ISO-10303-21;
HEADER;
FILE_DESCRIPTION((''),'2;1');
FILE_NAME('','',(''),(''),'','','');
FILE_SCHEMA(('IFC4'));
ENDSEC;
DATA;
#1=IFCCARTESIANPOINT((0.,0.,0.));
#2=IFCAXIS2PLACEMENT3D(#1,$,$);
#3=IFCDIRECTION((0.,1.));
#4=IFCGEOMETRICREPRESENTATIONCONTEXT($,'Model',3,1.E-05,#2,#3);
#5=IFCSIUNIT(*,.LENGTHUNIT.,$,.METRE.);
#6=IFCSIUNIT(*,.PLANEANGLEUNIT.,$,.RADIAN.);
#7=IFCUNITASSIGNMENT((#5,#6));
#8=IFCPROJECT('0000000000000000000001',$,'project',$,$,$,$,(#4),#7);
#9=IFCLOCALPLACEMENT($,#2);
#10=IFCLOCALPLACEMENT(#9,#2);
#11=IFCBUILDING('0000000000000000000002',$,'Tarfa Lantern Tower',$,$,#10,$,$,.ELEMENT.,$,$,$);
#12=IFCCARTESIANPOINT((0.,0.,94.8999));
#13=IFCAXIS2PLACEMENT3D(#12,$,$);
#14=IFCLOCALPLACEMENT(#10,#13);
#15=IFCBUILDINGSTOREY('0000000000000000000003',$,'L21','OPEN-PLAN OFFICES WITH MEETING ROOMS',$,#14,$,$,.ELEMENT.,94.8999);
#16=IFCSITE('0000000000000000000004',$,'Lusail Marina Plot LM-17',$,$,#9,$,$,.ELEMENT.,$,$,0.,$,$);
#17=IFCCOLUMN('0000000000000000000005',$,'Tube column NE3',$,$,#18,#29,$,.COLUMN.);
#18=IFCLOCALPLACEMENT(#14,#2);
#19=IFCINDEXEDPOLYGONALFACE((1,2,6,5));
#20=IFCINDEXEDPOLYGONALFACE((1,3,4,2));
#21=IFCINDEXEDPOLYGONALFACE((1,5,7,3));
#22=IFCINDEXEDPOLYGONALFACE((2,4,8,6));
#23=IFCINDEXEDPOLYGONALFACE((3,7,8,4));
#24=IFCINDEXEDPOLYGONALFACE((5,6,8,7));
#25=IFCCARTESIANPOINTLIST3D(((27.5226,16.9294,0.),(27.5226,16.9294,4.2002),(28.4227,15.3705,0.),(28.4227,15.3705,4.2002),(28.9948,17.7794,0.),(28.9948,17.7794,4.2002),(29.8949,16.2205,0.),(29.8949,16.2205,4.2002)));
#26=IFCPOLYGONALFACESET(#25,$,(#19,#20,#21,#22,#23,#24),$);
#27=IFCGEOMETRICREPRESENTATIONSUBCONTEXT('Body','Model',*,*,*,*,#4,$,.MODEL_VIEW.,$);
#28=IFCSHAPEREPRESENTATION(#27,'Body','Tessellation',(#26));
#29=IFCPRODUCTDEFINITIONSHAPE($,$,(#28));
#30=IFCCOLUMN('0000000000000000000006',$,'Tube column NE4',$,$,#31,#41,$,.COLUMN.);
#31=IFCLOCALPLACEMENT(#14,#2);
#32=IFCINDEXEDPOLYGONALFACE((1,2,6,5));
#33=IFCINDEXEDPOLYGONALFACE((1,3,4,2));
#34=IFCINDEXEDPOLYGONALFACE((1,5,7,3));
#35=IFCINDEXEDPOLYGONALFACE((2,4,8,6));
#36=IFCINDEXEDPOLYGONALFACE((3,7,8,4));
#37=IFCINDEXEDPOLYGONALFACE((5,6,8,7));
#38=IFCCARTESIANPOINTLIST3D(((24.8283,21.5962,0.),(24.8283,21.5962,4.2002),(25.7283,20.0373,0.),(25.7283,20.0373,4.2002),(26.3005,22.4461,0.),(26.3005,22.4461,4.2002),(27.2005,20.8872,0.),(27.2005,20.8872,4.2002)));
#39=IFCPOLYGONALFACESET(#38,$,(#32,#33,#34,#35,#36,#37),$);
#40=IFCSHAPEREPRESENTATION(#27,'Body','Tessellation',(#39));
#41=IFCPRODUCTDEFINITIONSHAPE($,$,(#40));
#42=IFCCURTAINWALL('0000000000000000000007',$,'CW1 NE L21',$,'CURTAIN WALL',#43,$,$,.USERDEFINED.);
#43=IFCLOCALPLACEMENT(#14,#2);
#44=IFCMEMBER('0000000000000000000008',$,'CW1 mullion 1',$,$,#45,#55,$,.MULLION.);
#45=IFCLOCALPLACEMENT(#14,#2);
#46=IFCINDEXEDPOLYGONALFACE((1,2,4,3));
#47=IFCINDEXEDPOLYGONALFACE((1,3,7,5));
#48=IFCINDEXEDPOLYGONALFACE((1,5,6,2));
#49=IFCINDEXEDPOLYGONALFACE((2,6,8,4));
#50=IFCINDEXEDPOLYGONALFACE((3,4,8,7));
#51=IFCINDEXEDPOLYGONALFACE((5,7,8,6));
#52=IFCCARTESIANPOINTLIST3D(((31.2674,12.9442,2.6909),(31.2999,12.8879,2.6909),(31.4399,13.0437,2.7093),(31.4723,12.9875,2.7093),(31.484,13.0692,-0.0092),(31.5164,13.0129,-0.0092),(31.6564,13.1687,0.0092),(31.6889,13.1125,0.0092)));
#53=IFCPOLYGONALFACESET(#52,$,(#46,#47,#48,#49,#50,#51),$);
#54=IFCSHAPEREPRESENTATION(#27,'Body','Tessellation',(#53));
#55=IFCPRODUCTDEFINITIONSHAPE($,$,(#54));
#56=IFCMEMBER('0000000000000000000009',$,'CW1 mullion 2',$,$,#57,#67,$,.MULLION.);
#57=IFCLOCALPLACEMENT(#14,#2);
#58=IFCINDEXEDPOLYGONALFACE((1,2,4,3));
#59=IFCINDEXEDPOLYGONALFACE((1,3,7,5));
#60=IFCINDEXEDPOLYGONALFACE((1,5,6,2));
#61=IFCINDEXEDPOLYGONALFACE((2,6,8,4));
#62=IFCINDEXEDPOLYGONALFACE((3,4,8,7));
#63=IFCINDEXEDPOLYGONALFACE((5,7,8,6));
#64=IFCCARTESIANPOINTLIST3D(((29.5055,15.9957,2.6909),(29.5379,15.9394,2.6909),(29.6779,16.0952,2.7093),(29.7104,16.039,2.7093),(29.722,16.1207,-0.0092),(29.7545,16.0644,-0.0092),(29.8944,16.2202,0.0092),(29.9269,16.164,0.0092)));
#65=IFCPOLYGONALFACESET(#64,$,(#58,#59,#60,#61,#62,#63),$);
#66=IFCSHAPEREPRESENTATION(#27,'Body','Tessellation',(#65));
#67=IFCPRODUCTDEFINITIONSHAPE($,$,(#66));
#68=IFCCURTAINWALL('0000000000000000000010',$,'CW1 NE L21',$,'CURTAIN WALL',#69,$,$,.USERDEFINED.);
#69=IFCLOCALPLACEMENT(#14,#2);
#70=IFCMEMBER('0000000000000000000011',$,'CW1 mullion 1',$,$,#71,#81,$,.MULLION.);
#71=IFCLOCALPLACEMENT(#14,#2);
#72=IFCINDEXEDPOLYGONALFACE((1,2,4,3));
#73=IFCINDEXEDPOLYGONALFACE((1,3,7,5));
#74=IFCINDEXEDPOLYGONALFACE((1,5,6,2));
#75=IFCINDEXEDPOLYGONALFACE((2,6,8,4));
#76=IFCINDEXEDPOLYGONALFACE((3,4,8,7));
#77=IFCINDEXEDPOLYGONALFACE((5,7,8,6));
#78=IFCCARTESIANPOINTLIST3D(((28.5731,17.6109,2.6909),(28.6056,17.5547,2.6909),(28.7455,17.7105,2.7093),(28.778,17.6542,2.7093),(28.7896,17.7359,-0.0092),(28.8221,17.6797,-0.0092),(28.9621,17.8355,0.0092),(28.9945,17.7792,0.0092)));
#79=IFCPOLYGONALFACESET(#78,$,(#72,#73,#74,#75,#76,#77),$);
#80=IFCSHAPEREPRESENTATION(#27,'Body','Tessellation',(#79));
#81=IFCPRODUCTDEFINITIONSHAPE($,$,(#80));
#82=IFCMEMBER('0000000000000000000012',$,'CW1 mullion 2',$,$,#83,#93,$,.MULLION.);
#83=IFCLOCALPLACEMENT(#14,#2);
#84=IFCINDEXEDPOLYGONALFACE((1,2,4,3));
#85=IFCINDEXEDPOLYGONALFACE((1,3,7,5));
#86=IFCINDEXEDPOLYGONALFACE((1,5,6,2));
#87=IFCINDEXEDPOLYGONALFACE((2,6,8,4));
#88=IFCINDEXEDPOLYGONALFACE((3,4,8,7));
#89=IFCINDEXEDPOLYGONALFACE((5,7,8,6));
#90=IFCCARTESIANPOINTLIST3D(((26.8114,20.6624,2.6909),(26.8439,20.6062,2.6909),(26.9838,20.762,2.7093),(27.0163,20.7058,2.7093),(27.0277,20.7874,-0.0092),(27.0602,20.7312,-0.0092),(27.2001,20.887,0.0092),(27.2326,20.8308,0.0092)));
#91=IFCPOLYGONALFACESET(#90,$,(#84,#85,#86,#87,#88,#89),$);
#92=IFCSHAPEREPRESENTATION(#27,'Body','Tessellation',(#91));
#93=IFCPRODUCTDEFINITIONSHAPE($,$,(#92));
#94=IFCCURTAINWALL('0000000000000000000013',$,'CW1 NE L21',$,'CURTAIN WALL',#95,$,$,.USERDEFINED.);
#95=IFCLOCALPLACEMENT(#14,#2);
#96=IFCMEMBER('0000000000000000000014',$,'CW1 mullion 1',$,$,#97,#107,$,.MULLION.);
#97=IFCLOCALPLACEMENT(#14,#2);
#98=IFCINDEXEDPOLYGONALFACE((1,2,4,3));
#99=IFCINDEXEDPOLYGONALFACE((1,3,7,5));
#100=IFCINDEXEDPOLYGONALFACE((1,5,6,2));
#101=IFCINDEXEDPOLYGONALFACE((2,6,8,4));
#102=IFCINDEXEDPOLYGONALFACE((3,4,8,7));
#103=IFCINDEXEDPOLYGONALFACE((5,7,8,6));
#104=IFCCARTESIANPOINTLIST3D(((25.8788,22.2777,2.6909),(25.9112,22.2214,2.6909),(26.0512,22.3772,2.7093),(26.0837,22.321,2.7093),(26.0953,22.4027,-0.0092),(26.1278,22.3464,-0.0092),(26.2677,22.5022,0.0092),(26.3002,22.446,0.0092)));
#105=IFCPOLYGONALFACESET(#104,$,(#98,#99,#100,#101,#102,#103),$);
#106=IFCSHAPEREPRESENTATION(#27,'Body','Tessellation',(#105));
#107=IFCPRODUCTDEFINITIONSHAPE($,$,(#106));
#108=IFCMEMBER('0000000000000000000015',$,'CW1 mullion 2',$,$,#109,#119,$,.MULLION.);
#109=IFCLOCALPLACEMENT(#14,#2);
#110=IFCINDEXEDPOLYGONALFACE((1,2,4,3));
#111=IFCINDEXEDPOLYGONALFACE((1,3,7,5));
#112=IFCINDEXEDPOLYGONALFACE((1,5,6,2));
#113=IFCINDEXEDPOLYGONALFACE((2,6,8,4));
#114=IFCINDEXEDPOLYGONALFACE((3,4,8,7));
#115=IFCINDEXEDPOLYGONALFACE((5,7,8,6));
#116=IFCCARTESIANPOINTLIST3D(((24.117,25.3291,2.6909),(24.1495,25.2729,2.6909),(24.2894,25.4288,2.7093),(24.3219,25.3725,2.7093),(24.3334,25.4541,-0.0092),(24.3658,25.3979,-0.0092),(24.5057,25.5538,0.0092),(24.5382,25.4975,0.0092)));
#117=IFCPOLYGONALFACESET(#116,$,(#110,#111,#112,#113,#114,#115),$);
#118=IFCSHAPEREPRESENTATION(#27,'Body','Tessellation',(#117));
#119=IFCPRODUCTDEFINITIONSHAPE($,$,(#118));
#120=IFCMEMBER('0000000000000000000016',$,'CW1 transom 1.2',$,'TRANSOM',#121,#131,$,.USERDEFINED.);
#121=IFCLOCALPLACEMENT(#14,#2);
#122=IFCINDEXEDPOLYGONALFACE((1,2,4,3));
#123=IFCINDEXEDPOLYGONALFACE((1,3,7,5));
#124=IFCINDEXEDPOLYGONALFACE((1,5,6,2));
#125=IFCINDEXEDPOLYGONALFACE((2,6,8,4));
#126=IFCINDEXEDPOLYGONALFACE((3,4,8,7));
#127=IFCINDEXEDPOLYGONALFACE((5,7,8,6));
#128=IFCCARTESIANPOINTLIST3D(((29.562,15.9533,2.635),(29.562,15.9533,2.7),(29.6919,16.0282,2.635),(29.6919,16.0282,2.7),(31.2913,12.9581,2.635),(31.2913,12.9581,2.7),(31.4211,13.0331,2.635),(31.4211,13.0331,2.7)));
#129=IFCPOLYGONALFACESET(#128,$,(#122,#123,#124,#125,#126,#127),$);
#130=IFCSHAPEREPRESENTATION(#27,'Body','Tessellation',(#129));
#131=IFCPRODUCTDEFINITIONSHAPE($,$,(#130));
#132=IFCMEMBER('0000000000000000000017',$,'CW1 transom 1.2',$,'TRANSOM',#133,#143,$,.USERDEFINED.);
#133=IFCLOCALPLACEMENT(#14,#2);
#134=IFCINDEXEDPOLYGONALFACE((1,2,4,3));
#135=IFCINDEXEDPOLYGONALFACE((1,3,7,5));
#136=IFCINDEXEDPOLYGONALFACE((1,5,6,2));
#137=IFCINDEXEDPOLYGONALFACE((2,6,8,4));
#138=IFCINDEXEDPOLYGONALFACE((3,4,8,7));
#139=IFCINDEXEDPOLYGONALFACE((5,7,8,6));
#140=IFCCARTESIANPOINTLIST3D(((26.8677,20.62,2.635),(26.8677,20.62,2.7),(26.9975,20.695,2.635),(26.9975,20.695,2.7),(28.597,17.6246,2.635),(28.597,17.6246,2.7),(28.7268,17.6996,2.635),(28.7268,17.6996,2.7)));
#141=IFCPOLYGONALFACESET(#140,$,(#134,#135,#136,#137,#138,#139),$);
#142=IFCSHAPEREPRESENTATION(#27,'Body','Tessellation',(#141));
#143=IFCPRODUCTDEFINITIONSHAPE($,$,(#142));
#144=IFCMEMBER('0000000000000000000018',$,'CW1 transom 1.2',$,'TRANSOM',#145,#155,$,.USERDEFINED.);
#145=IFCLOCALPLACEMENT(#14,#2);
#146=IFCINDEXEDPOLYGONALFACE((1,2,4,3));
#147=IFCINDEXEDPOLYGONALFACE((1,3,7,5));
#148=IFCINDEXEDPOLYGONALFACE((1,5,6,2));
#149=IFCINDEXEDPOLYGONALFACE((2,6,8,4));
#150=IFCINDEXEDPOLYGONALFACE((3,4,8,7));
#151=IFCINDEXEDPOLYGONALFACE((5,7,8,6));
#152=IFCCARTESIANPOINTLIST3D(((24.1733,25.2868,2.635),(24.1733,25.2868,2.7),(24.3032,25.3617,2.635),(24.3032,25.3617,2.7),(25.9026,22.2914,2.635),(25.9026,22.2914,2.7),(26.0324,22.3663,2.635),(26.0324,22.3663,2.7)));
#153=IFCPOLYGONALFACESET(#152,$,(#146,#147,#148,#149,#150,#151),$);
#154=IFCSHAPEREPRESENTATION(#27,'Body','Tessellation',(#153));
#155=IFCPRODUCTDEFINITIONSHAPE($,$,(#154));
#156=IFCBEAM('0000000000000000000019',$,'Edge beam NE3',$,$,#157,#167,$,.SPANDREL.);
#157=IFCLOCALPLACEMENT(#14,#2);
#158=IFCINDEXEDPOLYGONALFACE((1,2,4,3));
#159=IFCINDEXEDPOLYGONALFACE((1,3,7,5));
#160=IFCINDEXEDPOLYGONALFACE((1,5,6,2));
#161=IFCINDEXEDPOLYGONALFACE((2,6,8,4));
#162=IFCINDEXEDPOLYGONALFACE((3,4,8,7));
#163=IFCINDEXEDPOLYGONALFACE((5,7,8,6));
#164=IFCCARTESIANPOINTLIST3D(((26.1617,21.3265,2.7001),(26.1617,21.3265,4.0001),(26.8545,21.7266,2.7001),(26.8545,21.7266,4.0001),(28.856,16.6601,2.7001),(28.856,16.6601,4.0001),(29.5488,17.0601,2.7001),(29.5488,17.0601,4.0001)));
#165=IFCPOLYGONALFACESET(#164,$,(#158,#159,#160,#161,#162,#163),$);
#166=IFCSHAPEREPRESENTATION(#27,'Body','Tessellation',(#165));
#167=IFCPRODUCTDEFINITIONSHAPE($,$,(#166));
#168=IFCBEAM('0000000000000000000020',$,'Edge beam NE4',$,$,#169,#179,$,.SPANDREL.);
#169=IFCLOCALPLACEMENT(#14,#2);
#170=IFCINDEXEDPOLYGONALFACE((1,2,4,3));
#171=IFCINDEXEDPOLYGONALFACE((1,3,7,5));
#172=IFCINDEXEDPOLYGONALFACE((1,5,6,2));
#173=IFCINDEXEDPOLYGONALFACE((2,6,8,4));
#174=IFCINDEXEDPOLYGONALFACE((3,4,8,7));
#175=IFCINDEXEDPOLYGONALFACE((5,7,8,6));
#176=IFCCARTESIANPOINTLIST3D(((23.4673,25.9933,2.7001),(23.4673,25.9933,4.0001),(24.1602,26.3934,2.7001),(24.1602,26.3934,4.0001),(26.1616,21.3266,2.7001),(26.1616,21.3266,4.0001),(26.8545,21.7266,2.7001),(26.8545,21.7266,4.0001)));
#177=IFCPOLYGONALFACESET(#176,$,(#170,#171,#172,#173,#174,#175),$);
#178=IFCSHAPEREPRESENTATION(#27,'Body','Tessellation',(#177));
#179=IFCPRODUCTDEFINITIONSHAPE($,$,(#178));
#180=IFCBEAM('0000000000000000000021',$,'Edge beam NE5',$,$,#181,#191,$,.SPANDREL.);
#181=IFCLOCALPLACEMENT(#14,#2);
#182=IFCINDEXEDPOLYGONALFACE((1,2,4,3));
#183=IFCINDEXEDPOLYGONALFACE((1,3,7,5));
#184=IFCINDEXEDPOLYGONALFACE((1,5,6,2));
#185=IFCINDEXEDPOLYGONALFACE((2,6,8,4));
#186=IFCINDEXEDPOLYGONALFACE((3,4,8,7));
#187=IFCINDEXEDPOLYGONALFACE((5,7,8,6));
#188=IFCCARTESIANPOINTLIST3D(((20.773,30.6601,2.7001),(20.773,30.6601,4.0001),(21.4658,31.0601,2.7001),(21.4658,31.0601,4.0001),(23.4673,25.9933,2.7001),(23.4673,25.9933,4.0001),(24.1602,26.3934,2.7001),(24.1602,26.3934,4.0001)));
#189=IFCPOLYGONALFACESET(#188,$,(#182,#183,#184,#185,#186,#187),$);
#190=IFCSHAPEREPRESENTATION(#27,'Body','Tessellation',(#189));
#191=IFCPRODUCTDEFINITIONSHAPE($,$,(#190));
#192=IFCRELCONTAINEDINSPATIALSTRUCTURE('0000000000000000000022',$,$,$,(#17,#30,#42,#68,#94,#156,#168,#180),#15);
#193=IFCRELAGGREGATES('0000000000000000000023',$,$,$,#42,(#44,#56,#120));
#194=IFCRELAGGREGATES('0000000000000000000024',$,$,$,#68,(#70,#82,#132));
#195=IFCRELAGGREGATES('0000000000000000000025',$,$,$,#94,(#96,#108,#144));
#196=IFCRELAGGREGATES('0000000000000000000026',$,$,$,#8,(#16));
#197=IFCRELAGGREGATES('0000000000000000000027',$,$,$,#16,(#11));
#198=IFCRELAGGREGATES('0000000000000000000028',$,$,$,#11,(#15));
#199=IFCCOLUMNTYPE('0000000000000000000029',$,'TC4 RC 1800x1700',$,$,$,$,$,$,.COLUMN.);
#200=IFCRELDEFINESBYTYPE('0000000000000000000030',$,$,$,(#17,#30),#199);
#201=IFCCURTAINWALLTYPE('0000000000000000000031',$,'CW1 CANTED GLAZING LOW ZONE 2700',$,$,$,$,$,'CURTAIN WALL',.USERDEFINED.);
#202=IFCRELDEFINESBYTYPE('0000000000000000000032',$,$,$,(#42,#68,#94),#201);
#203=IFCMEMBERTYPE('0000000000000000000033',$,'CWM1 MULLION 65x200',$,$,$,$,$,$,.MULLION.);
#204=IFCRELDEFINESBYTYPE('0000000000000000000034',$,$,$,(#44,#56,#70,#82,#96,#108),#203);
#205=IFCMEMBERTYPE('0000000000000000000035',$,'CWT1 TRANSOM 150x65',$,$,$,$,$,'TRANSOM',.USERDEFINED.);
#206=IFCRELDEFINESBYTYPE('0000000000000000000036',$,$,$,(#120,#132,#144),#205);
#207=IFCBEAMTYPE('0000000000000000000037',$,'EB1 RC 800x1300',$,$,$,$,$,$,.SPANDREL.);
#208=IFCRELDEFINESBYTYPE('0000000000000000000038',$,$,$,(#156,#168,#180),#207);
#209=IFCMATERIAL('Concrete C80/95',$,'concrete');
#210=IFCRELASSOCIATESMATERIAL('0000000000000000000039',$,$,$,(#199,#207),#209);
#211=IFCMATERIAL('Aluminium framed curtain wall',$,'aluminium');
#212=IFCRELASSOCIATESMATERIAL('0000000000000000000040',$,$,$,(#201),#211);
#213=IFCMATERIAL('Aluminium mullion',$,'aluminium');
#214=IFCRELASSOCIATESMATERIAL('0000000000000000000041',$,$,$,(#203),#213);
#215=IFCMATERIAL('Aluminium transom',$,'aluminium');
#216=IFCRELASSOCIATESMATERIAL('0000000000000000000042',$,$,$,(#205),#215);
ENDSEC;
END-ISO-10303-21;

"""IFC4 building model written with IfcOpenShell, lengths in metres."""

from ifc_helpers import new_model, si_unit, direction, frame, origin, origin_2d, place, context, subcontext, project, spatial, rectangle, extrude, material, material_profile, profile_set, type_object, element, aggregate, save


model = new_model("IFC4")

# Units and contexts
model_context = context("Model", 3, precision=1e-05, world=origin(), true_north=direction((0.0, 1.0)))
body_context = subcontext(model_context, "Body", "Model", "MODEL_VIEW")
ifc_project = project(units=[si_unit("LENGTHUNIT", "METRE"), si_unit("PLANEANGLEUNIT", "RADIAN")], contexts=[model_context])

# Site, building, storey
site_placement = place(None, origin())
site = spatial("IfcSite", under=ifc_project, at=site_placement, Name="Lusail Marina Plot LM-17", CompositionType="ELEMENT", RefElevation=0.0)
building_placement = place(site_placement, origin())
building = spatial("IfcBuilding", under=site, at=building_placement, Name="Tarfa Lantern Tower", CompositionType="ELEMENT")
storey_placement = place(building_placement, frame((0.0, 0.0, 94.8999)))
storey = spatial("IfcBuildingStorey", under=building, at=storey_placement, Name="L21", Description="OPEN-PLAN OFFICES WITH MEETING ROOMS", CompositionType="ELEMENT", Elevation=94.8999)

# Columns
ifc_material_1 = material(Name="Concrete C80/95", Category="concrete")
ifc_material_profile_1 = material_profile(ifc_material_1, rectangle(XDim=1.8, YDim=1.7, at=origin_2d()), Name="RC 1800x1700")
ifc_profile_set_1 = profile_set([ifc_material_profile_1], Name="Concrete C80/95")
column_type = type_object("IfcColumnType", Name="TC4 RC 1800x1700", PredefinedType="COLUMN", material=ifc_profile_set_1)
for number, where, z_axis, x_axis, name in (
    (1, (28.7087, 16.575, 0.0), (0.0, 0.0, 1.0), (-0.5, 0.866025, 0.0), "Tube column NE3"),
    (2, (26.0144, 21.2417, 0.0), (0.0, 0.0, 1.0), (-0.5, 0.866025, 0.0), "Tube column NE4"),
):
    element("IfcColumn", number, at=place(storey_placement, frame(where, z_axis=z_axis, x_axis=x_axis)), inside=storey, type_object=column_type, Name=name, PredefinedType="COLUMN", context=body_context, shape_type="SweptSolid", body=[
        extrude(rectangle(XDim=1.8, YDim=1.7, at=origin_2d()), origin(), (0.0, 0.0, 1.0), 4.2002),
    ])

# Curtain walls, members
ifc_material_2 = material(Name="Aluminium framed curtain wall", Category="aluminium")
curtain_wall_type = type_object("IfcCurtainWallType", Name="CW1 CANTED GLAZING LOW ZONE 2700", ElementType="CURTAIN WALL", PredefinedType="USERDEFINED", material=ifc_material_2)
curtain_wall_1_placement = place(storey_placement, origin())
curtain_wall_1 = element("IfcCurtainWall", 3, at=curtain_wall_1_placement, inside=storey, type_object=curtain_wall_type, Name="CW1 NE L21", ObjectType="CURTAIN WALL", PredefinedType="USERDEFINED")
ifc_material_3 = material(Name="Aluminium mullion", Category="aluminium")
ifc_material_profile_2 = material_profile(ifc_material_3, rectangle(XDim=0.0649, YDim=0.2, at=origin_2d()), Name="AL MULLION 65x200")
ifc_profile_set_2 = profile_set([ifc_material_profile_2], Name="Aluminium mullion")
member_type_1 = type_object("IfcMemberType", Name="CWM1 MULLION 65x200", PredefinedType="MULLION", material=ifc_profile_set_2)
member_1_placement = place(storey_placement, frame((31.5864, 13.0908, 0.0), z_axis=(-0.079857, -0.046096, 0.99574), x_axis=(0.49992, -0.866072, 0.0)))
member_1 = element("IfcMember", 4, at=member_1_placement, type_object=member_type_1, Name="CW1 mullion 1", PredefinedType="MULLION", context=body_context, shape_type="SweptSolid", body=[
    extrude(rectangle(XDim=0.0649, YDim=0.2, at=origin_2d()), origin(), (0.0, 0.0, 1.0), 2.7117),
])
member_2_placement = place(storey_placement, frame((29.8245, 16.1423, 0.0), z_axis=(-0.079857, -0.046096, 0.99574), x_axis=(0.49992, -0.866072, 0.0)))
member_2 = element("IfcMember", 5, at=member_2_placement, type_object=member_type_1, Name="CW1 mullion 2", PredefinedType="MULLION", context=body_context, shape_type="SweptSolid", body=[
    extrude(rectangle(XDim=0.0649, YDim=0.2, at=origin_2d()), origin(), (0.0, 0.0, 1.0), 2.7117),
])
curtain_wall_2_placement = place(storey_placement, origin())
curtain_wall_2 = element("IfcCurtainWall", 6, at=curtain_wall_2_placement, inside=storey, type_object=curtain_wall_type, Name="CW1 NE L21", ObjectType="CURTAIN WALL", PredefinedType="USERDEFINED")
member_3_placement = place(storey_placement, frame((28.8921, 17.7576, 0.0), z_axis=(-0.079857, -0.046096, 0.99574), x_axis=(0.49992, -0.866072, 0.0)))
member_3 = element("IfcMember", 7, at=member_3_placement, type_object=member_type_1, Name="CW1 mullion 1", PredefinedType="MULLION", context=body_context, shape_type="SweptSolid", body=[
    extrude(rectangle(XDim=0.0649, YDim=0.2, at=origin_2d()), origin(), (0.0, 0.0, 1.0), 2.7117),
])
member_4_placement = place(storey_placement, frame((27.1301, 20.8091, 0.0), z_axis=(-0.079768, -0.046096, 0.995747), x_axis=(0.500343, -0.865827, 0.0)))
member_4 = element("IfcMember", 8, at=member_4_placement, type_object=member_type_1, Name="CW1 mullion 2", PredefinedType="MULLION", context=body_context, shape_type="SweptSolid", body=[
    extrude(rectangle(XDim=0.0649, YDim=0.2, at=origin_2d()), origin(), (0.0, 0.0, 1.0), 2.7117),
])
curtain_wall_3_placement = place(storey_placement, origin())
curtain_wall_3 = element("IfcCurtainWall", 9, at=curtain_wall_3_placement, inside=storey, type_object=curtain_wall_type, Name="CW1 NE L21", ObjectType="CURTAIN WALL", PredefinedType="USERDEFINED")
member_5_placement = place(storey_placement, frame((26.1978, 22.4243, 0.0), z_axis=(-0.079857, -0.046096, 0.99574), x_axis=(0.49992, -0.866072, 0.0)))
member_5 = element("IfcMember", 10, at=member_5_placement, type_object=member_type_1, Name="CW1 mullion 1", PredefinedType="MULLION", context=body_context, shape_type="SweptSolid", body=[
    extrude(rectangle(XDim=0.0649, YDim=0.2, at=origin_2d()), origin(), (0.0, 0.0, 1.0), 2.7117),
])
member_6_placement = place(storey_placement, frame((24.4358, 25.4758, 0.0), z_axis=(-0.079768, -0.046096, 0.995747), x_axis=(0.500343, -0.865827, 0.0)))
member_6 = element("IfcMember", 11, at=member_6_placement, type_object=member_type_1, Name="CW1 mullion 2", PredefinedType="MULLION", context=body_context, shape_type="SweptSolid", body=[
    extrude(rectangle(XDim=0.0649, YDim=0.2, at=origin_2d()), origin(), (0.0, 0.0, 1.0), 2.7117),
])

# Members
ifc_material_4 = material(Name="Aluminium transom", Category="aluminium")
ifc_material_profile_3 = material_profile(ifc_material_4, rectangle(XDim=0.1499, YDim=0.0649, at=origin_2d()), Name="AL TRANSOM 150x65")
ifc_profile_set_3 = profile_set([ifc_material_profile_3], Name="Aluminium transom")
member_type_2 = type_object("IfcMemberType", Name="CWT1 TRANSOM 150x65", ElementType="TRANSOM", PredefinedType="USERDEFINED", material=ifc_profile_set_3)
member_7_placement = place(storey_placement, frame((31.3562, 12.9956, 2.6675), z_axis=(-0.500004, 0.866023, 0.0), x_axis=(-0.866023, -0.500004, 0.0)))
member_7 = element("IfcMember", 12, at=member_7_placement, type_object=member_type_2, Name="CW1 transom 1.2", ObjectType="TRANSOM", PredefinedType="USERDEFINED", context=body_context, shape_type="SweptSolid", body=[
    extrude(rectangle(XDim=0.1499, YDim=0.0649, at=origin_2d()), origin(), (0.0, 0.0, 1.0), 3.4585),
])
member_8_placement = place(storey_placement, frame((28.6619, 17.6621, 2.6675), z_axis=(-0.499973, 0.866041, 0.0), x_axis=(-0.866041, -0.499973, 0.0)))
member_8 = element("IfcMember", 13, at=member_8_placement, type_object=member_type_2, Name="CW1 transom 1.2", ObjectType="TRANSOM", PredefinedType="USERDEFINED", context=body_context, shape_type="SweptSolid", body=[
    extrude(rectangle(XDim=0.1499, YDim=0.0649, at=origin_2d()), origin(), (0.0, 0.0, 1.0), 3.4587),
])
member_9_placement = place(storey_placement, frame((25.9675, 22.3289, 2.6675), z_axis=(-0.499973, 0.866041, 0.0), x_axis=(-0.866041, -0.499973, 0.0)))
member_9 = element("IfcMember", 14, at=member_9_placement, type_object=member_type_2, Name="CW1 transom 1.2", ObjectType="TRANSOM", PredefinedType="USERDEFINED", context=body_context, shape_type="SweptSolid", body=[
    extrude(rectangle(XDim=0.1499, YDim=0.0649, at=origin_2d()), origin(), (0.0, 0.0, 1.0), 3.4587),
])

# Beams
ifc_material_profile_4 = material_profile(ifc_material_1, rectangle(XDim=0.8, YDim=1.3, at=origin_2d()), Name="RC 800x1300")
ifc_profile_set_4 = profile_set([ifc_material_profile_4], Name="Concrete C80/95")
beam_type_1 = type_object("IfcBeamType", Name="EB1 RC 800x1300", PredefinedType="SPANDREL", material=ifc_profile_set_4)
beam_1_placement = place(storey_placement, frame((29.2024, 16.8601, 3.3501), z_axis=(-0.500018, 0.866015, 0.0), x_axis=(-0.866015, -0.500018, 0.0)))
element("IfcBeam", 15, at=beam_1_placement, inside=storey, type_object=beam_type_1, Name="Edge beam NE3", PredefinedType="SPANDREL", context=body_context, shape_type="SweptSolid", body=[
    extrude(rectangle(XDim=0.8, YDim=1.3, at=origin_2d()), origin(), (0.0, 0.0, 1.0), 5.3884),
])
for number, where, z_axis, x_axis, name in (
    (16, (26.5081, 21.5266, 3.3501), (-0.499998, 0.866026, 0.0), (-0.866026, -0.499998, 0.0), "Edge beam NE4"),
    (17, (23.8137, 26.1934, 3.3501), (-0.499998, 0.866026, 0.0), (-0.866026, -0.499998, 0.0), "Edge beam NE5"),
):
    element("IfcBeam", number, at=place(storey_placement, frame(where, z_axis=z_axis, x_axis=x_axis)), inside=storey, type_object=beam_type_1, Name=name, PredefinedType="SPANDREL", context=body_context, shape_type="SweptSolid", body=[
        extrude(rectangle(XDim=0.8, YDim=1.3, at=origin_2d()), origin(), (0.0, 0.0, 1.0), 5.3887),
    ])

aggregate(curtain_wall_1, [member_1, member_2, member_7])
aggregate(curtain_wall_2, [member_3, member_4, member_8])
aggregate(curtain_wall_3, [member_5, member_6, member_9])

save(model, "model.ifc")
